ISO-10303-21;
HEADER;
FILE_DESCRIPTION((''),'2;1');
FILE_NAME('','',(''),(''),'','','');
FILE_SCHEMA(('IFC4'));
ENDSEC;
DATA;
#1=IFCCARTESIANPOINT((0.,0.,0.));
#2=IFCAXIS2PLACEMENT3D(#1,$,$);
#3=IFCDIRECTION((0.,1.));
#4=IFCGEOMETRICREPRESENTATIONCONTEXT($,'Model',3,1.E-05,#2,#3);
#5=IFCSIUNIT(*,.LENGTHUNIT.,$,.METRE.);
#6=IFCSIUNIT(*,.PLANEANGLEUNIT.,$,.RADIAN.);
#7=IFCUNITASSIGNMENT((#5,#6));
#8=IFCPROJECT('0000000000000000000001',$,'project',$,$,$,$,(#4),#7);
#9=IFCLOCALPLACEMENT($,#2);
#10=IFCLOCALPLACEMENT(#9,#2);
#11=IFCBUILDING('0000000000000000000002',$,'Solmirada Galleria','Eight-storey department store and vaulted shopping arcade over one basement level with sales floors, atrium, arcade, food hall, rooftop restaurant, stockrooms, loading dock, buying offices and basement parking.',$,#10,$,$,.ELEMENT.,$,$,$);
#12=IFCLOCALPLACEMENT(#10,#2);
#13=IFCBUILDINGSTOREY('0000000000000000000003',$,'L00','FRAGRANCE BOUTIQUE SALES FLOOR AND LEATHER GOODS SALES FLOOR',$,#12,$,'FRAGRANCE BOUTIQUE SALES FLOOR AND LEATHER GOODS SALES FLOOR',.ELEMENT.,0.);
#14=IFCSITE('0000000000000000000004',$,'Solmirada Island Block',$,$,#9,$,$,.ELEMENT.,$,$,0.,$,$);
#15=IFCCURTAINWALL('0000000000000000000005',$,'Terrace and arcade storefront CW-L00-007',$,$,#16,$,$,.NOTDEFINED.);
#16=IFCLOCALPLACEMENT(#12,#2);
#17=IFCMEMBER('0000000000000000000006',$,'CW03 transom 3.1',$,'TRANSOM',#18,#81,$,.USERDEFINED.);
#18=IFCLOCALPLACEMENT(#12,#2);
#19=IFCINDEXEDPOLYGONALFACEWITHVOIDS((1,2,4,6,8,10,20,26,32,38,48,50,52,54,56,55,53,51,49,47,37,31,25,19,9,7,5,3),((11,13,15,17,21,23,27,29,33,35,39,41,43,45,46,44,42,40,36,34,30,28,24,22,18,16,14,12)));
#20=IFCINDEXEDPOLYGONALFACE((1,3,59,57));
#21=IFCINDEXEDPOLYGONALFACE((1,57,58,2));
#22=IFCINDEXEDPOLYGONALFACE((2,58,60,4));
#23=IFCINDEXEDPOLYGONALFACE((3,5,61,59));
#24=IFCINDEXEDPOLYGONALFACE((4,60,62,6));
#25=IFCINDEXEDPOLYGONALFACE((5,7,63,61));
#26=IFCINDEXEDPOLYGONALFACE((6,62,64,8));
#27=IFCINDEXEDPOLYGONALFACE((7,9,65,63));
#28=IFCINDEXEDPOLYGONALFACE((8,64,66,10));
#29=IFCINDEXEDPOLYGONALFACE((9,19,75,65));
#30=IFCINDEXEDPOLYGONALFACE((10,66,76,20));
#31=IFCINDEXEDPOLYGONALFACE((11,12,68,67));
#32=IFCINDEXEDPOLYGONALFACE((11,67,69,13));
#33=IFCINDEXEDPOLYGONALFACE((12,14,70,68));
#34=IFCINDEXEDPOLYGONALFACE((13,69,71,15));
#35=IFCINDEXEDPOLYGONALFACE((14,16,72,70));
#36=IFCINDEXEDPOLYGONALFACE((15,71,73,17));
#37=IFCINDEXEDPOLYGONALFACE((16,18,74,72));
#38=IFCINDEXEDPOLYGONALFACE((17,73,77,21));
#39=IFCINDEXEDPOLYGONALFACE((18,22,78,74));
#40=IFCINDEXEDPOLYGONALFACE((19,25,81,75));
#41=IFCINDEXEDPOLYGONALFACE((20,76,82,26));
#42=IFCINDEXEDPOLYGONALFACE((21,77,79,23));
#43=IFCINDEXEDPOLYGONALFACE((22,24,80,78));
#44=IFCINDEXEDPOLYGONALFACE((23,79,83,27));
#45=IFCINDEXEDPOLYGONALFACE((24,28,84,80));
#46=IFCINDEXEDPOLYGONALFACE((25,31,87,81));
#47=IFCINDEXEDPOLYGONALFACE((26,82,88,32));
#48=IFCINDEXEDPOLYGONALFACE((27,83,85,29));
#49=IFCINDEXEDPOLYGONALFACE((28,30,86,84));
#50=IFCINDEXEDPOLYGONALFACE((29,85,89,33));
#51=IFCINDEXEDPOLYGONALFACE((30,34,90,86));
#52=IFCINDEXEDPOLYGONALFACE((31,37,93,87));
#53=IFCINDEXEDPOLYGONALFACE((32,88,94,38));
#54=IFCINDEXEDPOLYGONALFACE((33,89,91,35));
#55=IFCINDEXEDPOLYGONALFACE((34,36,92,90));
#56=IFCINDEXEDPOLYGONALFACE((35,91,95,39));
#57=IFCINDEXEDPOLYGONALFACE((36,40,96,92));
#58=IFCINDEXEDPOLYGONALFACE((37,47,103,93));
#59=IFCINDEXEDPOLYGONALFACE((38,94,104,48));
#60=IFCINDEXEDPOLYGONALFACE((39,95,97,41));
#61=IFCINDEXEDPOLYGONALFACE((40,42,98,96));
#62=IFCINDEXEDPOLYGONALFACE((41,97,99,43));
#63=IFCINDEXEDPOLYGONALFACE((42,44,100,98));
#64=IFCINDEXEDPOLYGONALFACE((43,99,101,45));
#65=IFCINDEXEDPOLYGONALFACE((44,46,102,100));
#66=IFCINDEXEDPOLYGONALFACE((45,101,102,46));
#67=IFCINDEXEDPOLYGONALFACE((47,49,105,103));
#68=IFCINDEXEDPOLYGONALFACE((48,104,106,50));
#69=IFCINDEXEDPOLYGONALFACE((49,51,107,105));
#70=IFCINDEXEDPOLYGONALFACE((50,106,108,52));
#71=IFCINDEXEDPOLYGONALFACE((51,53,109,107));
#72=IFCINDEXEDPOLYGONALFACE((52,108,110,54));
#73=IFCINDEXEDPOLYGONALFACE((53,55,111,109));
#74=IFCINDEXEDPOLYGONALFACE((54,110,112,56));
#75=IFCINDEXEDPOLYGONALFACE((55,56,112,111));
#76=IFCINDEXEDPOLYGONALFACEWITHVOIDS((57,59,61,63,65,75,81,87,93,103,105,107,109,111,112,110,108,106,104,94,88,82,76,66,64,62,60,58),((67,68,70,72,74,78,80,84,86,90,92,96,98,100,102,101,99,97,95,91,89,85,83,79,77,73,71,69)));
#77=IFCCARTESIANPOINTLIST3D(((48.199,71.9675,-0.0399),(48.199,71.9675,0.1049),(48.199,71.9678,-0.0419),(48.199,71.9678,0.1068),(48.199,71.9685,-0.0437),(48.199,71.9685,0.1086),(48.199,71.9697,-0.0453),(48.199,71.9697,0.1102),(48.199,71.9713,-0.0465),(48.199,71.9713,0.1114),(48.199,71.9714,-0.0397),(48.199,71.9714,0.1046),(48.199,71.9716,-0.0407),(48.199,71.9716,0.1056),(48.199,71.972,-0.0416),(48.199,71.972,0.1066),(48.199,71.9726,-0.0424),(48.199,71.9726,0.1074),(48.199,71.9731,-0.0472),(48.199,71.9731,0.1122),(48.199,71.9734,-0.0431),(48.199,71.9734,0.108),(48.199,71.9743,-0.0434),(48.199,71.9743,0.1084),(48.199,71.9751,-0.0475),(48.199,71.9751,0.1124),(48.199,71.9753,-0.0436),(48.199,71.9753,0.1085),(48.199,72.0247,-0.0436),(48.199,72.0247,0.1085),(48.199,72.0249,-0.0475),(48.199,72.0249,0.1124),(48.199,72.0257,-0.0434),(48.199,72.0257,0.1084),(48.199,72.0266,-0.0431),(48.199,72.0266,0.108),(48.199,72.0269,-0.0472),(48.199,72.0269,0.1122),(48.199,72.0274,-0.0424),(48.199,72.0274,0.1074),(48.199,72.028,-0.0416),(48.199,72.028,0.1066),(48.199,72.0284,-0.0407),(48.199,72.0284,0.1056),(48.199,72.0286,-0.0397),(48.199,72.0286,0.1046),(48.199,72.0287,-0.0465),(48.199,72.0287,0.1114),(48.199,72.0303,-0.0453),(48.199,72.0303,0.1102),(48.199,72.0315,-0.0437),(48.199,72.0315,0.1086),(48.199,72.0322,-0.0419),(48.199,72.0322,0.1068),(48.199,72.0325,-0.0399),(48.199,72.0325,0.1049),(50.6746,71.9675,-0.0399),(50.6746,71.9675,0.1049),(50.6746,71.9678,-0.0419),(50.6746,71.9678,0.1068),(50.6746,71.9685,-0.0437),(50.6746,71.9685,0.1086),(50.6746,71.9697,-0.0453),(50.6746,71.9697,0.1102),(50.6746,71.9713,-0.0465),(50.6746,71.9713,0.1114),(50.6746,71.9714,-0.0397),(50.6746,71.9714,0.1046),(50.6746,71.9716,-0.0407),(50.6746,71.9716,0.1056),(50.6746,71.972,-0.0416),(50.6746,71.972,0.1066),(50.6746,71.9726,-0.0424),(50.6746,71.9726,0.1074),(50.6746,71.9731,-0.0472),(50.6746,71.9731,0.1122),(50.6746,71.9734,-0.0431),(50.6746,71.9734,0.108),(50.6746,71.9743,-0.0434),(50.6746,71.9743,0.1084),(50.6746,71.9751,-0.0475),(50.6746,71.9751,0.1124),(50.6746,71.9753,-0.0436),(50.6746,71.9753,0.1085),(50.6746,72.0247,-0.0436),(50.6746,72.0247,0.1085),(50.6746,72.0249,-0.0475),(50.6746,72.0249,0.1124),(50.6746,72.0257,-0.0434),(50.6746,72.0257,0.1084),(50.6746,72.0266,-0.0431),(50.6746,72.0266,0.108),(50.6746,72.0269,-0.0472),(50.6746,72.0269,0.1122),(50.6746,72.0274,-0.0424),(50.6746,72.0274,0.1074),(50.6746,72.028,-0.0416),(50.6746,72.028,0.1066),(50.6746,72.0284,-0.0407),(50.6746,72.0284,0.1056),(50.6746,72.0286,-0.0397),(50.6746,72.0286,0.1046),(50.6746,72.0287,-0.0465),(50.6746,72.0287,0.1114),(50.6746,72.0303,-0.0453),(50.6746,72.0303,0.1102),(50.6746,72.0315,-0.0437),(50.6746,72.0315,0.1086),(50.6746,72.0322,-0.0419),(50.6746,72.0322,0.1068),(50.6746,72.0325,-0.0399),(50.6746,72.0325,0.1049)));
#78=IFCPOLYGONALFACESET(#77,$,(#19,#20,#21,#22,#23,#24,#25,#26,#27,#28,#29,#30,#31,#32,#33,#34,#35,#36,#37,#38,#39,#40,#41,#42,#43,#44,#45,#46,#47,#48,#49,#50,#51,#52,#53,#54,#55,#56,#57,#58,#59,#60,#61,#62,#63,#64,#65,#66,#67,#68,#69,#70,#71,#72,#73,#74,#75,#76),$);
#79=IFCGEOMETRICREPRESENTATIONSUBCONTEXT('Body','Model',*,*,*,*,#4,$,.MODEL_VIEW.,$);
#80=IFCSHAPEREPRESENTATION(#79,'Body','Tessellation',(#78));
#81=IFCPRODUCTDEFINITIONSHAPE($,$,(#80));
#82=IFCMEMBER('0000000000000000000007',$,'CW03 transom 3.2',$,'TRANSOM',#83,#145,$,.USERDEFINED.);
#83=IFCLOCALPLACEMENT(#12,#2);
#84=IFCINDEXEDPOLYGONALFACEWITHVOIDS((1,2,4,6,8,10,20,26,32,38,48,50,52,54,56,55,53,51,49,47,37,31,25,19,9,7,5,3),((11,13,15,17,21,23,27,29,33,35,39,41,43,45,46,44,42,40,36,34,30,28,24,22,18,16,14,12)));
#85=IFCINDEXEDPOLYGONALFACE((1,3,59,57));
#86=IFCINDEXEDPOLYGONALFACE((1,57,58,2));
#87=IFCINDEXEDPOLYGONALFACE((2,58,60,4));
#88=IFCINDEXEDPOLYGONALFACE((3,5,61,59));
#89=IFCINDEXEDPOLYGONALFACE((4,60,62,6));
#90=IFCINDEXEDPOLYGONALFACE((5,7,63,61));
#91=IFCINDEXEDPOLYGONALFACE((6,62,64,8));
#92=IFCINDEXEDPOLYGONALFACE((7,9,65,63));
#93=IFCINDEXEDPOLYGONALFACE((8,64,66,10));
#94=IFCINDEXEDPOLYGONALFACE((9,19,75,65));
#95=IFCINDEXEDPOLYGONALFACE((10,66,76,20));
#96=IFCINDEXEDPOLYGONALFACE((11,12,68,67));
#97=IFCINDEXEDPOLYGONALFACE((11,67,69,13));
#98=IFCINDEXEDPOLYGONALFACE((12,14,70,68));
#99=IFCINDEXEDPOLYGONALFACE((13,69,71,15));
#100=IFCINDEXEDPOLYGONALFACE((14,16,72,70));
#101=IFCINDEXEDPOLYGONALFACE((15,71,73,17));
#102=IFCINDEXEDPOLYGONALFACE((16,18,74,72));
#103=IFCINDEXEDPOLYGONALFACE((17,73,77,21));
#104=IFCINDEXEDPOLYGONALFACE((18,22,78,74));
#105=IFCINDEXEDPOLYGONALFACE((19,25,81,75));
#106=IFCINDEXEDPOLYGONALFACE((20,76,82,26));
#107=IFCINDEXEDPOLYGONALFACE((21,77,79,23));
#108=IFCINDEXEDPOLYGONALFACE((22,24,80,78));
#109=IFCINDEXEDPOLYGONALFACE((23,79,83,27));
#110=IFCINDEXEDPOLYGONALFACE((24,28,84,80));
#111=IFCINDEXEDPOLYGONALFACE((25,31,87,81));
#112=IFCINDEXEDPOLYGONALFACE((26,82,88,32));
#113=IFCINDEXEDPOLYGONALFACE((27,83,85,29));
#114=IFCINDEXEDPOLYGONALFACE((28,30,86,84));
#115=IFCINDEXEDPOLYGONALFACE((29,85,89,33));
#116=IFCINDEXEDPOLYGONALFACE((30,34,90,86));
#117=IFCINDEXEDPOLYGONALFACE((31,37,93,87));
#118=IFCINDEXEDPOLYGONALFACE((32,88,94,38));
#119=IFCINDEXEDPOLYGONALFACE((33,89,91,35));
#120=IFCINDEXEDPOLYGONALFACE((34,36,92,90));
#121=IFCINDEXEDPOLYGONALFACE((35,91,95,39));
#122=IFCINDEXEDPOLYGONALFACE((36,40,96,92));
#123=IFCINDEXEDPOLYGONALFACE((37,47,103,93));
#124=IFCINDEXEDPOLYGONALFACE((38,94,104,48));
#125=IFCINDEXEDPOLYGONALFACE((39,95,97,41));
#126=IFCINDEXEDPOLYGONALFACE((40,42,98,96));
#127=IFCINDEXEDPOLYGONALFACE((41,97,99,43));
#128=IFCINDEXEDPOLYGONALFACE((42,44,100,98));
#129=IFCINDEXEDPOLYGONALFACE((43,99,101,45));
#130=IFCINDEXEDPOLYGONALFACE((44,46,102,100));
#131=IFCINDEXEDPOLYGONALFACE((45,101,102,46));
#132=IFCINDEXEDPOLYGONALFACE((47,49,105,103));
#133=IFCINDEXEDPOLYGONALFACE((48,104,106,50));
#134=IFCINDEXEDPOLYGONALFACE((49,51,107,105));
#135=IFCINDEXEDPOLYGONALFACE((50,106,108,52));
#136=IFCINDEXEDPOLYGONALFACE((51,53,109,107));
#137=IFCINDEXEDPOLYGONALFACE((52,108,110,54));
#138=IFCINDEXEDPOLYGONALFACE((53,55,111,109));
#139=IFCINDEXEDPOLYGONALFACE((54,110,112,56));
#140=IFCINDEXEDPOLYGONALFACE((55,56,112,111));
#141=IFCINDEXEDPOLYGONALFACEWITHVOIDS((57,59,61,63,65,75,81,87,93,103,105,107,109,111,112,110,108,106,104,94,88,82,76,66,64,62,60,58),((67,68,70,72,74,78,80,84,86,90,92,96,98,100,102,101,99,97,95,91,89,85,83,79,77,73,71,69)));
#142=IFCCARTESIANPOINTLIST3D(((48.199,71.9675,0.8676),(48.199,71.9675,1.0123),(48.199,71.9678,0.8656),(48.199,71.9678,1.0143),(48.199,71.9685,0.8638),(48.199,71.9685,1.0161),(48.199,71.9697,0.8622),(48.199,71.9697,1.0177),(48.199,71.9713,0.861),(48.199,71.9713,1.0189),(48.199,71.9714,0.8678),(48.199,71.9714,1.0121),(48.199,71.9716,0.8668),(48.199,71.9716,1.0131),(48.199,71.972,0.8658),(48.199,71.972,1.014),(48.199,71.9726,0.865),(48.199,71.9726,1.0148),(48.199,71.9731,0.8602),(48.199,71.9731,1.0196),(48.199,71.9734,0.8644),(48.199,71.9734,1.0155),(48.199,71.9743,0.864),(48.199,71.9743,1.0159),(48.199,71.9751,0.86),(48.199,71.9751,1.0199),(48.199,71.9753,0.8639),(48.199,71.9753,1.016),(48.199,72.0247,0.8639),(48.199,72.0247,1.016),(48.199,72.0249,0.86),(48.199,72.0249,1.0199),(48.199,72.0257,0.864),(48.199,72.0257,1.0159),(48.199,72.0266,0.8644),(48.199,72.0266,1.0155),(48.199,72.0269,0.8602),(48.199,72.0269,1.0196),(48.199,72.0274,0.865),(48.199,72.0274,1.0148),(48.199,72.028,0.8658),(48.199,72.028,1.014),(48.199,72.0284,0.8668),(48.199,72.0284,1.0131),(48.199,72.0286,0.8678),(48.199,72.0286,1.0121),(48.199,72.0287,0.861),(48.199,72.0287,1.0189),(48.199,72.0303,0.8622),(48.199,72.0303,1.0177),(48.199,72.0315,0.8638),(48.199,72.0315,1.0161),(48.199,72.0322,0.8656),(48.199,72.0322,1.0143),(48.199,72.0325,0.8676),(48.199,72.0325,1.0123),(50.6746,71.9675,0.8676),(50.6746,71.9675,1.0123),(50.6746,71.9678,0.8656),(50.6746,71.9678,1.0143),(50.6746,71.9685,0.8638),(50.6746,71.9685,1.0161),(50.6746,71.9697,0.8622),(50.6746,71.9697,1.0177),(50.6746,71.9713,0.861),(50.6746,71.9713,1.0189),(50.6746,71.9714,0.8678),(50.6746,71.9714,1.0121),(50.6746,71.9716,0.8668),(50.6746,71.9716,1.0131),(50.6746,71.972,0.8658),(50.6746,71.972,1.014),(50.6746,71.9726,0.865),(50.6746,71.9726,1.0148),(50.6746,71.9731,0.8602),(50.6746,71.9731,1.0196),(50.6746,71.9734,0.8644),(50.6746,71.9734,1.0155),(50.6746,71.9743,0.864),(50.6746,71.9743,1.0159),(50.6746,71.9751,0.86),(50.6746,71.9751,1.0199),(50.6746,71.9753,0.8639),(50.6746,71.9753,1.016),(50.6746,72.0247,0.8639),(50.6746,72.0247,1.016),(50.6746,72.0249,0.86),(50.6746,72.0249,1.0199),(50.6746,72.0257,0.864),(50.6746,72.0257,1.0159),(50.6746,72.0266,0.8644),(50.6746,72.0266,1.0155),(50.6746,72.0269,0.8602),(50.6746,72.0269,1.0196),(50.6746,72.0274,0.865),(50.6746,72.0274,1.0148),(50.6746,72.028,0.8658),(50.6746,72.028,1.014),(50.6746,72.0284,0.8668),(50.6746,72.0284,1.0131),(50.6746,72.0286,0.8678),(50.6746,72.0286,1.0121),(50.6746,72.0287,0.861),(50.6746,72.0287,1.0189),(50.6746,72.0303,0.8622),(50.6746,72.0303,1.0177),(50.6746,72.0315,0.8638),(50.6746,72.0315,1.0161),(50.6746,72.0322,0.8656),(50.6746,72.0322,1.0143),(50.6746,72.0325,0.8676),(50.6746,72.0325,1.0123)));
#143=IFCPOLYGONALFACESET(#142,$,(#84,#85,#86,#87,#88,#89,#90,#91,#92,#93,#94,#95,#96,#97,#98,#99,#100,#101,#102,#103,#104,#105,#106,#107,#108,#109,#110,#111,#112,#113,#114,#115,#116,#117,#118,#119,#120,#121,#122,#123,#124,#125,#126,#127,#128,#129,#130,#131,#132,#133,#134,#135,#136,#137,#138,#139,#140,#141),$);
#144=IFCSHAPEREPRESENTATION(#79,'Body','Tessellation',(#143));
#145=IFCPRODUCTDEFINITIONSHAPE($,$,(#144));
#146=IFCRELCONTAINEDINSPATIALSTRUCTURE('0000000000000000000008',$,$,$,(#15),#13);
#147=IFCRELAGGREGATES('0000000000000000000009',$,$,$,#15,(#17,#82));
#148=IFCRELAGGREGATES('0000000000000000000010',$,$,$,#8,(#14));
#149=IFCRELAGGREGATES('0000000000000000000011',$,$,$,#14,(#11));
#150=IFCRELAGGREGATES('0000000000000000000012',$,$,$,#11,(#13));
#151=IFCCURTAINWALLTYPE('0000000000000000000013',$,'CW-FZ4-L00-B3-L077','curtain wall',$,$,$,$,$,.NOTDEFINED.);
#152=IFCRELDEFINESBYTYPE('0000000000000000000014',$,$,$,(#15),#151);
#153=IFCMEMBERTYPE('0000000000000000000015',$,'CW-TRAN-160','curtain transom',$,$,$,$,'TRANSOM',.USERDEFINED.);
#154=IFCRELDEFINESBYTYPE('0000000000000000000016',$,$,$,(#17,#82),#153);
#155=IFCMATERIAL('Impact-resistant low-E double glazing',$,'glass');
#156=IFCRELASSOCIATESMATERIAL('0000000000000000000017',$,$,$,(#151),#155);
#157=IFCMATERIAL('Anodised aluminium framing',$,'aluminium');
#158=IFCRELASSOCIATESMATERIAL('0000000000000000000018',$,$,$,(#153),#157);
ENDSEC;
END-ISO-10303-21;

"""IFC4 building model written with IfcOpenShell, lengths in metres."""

from ifc_helpers import new_model, si_unit, direction, frame, origin, origin_2d, place, context, subcontext, project, spatial, hollow_rectangle, extrude, material, material_profile, profile_set, type_object, element, aggregate, save


model = new_model("IFC4")

# Units and contexts
model_context = context("Model", 3, precision=1e-05, world=origin(), true_north=direction((0.0, 1.0)))
body_context = subcontext(model_context, "Body", "Model", "MODEL_VIEW")
ifc_project = project(units=[si_unit("LENGTHUNIT", "METRE"), si_unit("PLANEANGLEUNIT", "RADIAN")], contexts=[model_context])

# Site, building, storey
site_placement = place(None, origin())
site = spatial("IfcSite", under=ifc_project, at=site_placement, Name="Solmirada Island Block", CompositionType="ELEMENT", RefElevation=0.0)
building_placement = place(site_placement, origin())
building = spatial("IfcBuilding", under=site, at=building_placement, Name="Solmirada Galleria", Description="Eight-storey department store and vaulted shopping arcade over one basement level with sales floors, atrium, arcade, food hall, rooftop restaurant, stockrooms, loading dock, buying offices and basement parking.", CompositionType="ELEMENT")
storey_placement = place(building_placement, origin())
storey = spatial("IfcBuildingStorey", under=building, at=storey_placement, Name="L00", Description="FRAGRANCE BOUTIQUE SALES FLOOR AND LEATHER GOODS SALES FLOOR", LongName="FRAGRANCE BOUTIQUE SALES FLOOR AND LEATHER GOODS SALES FLOOR", CompositionType="ELEMENT", Elevation=0.0)

# Curtain wall
ifc_material_1 = material(Name="Impact-resistant low-E double glazing", Category="glass")
curtain_wall_type_1 = type_object("IfcCurtainWallType", Name="CW-FZ4-L00-B3-L077", Description="curtain wall", PredefinedType="NOTDEFINED", material=ifc_material_1)
curtain_wall_1_placement = place(storey_placement, origin())
curtain_wall_1 = element("IfcCurtainWall", 1, at=curtain_wall_1_placement, inside=storey, type_object=curtain_wall_type_1, Name="Terrace and arcade storefront CW-L00-007", PredefinedType="NOTDEFINED")
ifc_material_2 = material(Name="Anodised aluminium framing", Category="aluminium")

# Members
ifc_material_profile_1 = material_profile(ifc_material_2, hollow_rectangle(XDim=0.0649, YDim=0.1599, WallThickness=0.0039, InnerFilletRadius=0.0039, OuterFilletRadius=0.0076, at=origin_2d()), Name="ALU-TRAN-160X65")
ifc_profile_set_1 = profile_set([ifc_material_profile_1], Name="Anodised aluminium framing")
member_type_1 = type_object("IfcMemberType", Name="CW-TRAN-160", Description="curtain transom", ElementType="TRANSOM", PredefinedType="USERDEFINED", material=ifc_profile_set_1)
member_1_placement = place(storey_placement, frame((50.6746, 72.0, 0.0325), z_axis=(-1.0, 0.0, 0.0), x_axis=(0.0, -1.0, 0.0)))
member_1 = element("IfcMember", 2, at=member_1_placement, type_object=member_type_1, Name="CW03 transom 3.1", ObjectType="TRANSOM", PredefinedType="USERDEFINED", context=body_context, shape_type="SweptSolid", body=[
    extrude(hollow_rectangle(XDim=0.0649, YDim=0.1599, WallThickness=0.0039, InnerFilletRadius=0.0039, OuterFilletRadius=0.0076, at=origin_2d()), origin(), (0.0, 0.0, 1.0), 2.4756),
])
member_2_placement = place(storey_placement, frame((50.6746, 72.0, 0.9399), z_axis=(-1.0, 0.0, 0.0), x_axis=(0.0, -1.0, 0.0)))
member_2 = element("IfcMember", 3, at=member_2_placement, type_object=member_type_1, Name="CW03 transom 3.2", ObjectType="TRANSOM", PredefinedType="USERDEFINED", context=body_context, shape_type="SweptSolid", body=[
    extrude(hollow_rectangle(XDim=0.0649, YDim=0.1599, WallThickness=0.0039, InnerFilletRadius=0.0039, OuterFilletRadius=0.0076, at=origin_2d()), origin(), (0.0, 0.0, 1.0), 2.4756),
])

aggregate(curtain_wall_1, [member_1, member_2])

save(model, "model.ifc")
